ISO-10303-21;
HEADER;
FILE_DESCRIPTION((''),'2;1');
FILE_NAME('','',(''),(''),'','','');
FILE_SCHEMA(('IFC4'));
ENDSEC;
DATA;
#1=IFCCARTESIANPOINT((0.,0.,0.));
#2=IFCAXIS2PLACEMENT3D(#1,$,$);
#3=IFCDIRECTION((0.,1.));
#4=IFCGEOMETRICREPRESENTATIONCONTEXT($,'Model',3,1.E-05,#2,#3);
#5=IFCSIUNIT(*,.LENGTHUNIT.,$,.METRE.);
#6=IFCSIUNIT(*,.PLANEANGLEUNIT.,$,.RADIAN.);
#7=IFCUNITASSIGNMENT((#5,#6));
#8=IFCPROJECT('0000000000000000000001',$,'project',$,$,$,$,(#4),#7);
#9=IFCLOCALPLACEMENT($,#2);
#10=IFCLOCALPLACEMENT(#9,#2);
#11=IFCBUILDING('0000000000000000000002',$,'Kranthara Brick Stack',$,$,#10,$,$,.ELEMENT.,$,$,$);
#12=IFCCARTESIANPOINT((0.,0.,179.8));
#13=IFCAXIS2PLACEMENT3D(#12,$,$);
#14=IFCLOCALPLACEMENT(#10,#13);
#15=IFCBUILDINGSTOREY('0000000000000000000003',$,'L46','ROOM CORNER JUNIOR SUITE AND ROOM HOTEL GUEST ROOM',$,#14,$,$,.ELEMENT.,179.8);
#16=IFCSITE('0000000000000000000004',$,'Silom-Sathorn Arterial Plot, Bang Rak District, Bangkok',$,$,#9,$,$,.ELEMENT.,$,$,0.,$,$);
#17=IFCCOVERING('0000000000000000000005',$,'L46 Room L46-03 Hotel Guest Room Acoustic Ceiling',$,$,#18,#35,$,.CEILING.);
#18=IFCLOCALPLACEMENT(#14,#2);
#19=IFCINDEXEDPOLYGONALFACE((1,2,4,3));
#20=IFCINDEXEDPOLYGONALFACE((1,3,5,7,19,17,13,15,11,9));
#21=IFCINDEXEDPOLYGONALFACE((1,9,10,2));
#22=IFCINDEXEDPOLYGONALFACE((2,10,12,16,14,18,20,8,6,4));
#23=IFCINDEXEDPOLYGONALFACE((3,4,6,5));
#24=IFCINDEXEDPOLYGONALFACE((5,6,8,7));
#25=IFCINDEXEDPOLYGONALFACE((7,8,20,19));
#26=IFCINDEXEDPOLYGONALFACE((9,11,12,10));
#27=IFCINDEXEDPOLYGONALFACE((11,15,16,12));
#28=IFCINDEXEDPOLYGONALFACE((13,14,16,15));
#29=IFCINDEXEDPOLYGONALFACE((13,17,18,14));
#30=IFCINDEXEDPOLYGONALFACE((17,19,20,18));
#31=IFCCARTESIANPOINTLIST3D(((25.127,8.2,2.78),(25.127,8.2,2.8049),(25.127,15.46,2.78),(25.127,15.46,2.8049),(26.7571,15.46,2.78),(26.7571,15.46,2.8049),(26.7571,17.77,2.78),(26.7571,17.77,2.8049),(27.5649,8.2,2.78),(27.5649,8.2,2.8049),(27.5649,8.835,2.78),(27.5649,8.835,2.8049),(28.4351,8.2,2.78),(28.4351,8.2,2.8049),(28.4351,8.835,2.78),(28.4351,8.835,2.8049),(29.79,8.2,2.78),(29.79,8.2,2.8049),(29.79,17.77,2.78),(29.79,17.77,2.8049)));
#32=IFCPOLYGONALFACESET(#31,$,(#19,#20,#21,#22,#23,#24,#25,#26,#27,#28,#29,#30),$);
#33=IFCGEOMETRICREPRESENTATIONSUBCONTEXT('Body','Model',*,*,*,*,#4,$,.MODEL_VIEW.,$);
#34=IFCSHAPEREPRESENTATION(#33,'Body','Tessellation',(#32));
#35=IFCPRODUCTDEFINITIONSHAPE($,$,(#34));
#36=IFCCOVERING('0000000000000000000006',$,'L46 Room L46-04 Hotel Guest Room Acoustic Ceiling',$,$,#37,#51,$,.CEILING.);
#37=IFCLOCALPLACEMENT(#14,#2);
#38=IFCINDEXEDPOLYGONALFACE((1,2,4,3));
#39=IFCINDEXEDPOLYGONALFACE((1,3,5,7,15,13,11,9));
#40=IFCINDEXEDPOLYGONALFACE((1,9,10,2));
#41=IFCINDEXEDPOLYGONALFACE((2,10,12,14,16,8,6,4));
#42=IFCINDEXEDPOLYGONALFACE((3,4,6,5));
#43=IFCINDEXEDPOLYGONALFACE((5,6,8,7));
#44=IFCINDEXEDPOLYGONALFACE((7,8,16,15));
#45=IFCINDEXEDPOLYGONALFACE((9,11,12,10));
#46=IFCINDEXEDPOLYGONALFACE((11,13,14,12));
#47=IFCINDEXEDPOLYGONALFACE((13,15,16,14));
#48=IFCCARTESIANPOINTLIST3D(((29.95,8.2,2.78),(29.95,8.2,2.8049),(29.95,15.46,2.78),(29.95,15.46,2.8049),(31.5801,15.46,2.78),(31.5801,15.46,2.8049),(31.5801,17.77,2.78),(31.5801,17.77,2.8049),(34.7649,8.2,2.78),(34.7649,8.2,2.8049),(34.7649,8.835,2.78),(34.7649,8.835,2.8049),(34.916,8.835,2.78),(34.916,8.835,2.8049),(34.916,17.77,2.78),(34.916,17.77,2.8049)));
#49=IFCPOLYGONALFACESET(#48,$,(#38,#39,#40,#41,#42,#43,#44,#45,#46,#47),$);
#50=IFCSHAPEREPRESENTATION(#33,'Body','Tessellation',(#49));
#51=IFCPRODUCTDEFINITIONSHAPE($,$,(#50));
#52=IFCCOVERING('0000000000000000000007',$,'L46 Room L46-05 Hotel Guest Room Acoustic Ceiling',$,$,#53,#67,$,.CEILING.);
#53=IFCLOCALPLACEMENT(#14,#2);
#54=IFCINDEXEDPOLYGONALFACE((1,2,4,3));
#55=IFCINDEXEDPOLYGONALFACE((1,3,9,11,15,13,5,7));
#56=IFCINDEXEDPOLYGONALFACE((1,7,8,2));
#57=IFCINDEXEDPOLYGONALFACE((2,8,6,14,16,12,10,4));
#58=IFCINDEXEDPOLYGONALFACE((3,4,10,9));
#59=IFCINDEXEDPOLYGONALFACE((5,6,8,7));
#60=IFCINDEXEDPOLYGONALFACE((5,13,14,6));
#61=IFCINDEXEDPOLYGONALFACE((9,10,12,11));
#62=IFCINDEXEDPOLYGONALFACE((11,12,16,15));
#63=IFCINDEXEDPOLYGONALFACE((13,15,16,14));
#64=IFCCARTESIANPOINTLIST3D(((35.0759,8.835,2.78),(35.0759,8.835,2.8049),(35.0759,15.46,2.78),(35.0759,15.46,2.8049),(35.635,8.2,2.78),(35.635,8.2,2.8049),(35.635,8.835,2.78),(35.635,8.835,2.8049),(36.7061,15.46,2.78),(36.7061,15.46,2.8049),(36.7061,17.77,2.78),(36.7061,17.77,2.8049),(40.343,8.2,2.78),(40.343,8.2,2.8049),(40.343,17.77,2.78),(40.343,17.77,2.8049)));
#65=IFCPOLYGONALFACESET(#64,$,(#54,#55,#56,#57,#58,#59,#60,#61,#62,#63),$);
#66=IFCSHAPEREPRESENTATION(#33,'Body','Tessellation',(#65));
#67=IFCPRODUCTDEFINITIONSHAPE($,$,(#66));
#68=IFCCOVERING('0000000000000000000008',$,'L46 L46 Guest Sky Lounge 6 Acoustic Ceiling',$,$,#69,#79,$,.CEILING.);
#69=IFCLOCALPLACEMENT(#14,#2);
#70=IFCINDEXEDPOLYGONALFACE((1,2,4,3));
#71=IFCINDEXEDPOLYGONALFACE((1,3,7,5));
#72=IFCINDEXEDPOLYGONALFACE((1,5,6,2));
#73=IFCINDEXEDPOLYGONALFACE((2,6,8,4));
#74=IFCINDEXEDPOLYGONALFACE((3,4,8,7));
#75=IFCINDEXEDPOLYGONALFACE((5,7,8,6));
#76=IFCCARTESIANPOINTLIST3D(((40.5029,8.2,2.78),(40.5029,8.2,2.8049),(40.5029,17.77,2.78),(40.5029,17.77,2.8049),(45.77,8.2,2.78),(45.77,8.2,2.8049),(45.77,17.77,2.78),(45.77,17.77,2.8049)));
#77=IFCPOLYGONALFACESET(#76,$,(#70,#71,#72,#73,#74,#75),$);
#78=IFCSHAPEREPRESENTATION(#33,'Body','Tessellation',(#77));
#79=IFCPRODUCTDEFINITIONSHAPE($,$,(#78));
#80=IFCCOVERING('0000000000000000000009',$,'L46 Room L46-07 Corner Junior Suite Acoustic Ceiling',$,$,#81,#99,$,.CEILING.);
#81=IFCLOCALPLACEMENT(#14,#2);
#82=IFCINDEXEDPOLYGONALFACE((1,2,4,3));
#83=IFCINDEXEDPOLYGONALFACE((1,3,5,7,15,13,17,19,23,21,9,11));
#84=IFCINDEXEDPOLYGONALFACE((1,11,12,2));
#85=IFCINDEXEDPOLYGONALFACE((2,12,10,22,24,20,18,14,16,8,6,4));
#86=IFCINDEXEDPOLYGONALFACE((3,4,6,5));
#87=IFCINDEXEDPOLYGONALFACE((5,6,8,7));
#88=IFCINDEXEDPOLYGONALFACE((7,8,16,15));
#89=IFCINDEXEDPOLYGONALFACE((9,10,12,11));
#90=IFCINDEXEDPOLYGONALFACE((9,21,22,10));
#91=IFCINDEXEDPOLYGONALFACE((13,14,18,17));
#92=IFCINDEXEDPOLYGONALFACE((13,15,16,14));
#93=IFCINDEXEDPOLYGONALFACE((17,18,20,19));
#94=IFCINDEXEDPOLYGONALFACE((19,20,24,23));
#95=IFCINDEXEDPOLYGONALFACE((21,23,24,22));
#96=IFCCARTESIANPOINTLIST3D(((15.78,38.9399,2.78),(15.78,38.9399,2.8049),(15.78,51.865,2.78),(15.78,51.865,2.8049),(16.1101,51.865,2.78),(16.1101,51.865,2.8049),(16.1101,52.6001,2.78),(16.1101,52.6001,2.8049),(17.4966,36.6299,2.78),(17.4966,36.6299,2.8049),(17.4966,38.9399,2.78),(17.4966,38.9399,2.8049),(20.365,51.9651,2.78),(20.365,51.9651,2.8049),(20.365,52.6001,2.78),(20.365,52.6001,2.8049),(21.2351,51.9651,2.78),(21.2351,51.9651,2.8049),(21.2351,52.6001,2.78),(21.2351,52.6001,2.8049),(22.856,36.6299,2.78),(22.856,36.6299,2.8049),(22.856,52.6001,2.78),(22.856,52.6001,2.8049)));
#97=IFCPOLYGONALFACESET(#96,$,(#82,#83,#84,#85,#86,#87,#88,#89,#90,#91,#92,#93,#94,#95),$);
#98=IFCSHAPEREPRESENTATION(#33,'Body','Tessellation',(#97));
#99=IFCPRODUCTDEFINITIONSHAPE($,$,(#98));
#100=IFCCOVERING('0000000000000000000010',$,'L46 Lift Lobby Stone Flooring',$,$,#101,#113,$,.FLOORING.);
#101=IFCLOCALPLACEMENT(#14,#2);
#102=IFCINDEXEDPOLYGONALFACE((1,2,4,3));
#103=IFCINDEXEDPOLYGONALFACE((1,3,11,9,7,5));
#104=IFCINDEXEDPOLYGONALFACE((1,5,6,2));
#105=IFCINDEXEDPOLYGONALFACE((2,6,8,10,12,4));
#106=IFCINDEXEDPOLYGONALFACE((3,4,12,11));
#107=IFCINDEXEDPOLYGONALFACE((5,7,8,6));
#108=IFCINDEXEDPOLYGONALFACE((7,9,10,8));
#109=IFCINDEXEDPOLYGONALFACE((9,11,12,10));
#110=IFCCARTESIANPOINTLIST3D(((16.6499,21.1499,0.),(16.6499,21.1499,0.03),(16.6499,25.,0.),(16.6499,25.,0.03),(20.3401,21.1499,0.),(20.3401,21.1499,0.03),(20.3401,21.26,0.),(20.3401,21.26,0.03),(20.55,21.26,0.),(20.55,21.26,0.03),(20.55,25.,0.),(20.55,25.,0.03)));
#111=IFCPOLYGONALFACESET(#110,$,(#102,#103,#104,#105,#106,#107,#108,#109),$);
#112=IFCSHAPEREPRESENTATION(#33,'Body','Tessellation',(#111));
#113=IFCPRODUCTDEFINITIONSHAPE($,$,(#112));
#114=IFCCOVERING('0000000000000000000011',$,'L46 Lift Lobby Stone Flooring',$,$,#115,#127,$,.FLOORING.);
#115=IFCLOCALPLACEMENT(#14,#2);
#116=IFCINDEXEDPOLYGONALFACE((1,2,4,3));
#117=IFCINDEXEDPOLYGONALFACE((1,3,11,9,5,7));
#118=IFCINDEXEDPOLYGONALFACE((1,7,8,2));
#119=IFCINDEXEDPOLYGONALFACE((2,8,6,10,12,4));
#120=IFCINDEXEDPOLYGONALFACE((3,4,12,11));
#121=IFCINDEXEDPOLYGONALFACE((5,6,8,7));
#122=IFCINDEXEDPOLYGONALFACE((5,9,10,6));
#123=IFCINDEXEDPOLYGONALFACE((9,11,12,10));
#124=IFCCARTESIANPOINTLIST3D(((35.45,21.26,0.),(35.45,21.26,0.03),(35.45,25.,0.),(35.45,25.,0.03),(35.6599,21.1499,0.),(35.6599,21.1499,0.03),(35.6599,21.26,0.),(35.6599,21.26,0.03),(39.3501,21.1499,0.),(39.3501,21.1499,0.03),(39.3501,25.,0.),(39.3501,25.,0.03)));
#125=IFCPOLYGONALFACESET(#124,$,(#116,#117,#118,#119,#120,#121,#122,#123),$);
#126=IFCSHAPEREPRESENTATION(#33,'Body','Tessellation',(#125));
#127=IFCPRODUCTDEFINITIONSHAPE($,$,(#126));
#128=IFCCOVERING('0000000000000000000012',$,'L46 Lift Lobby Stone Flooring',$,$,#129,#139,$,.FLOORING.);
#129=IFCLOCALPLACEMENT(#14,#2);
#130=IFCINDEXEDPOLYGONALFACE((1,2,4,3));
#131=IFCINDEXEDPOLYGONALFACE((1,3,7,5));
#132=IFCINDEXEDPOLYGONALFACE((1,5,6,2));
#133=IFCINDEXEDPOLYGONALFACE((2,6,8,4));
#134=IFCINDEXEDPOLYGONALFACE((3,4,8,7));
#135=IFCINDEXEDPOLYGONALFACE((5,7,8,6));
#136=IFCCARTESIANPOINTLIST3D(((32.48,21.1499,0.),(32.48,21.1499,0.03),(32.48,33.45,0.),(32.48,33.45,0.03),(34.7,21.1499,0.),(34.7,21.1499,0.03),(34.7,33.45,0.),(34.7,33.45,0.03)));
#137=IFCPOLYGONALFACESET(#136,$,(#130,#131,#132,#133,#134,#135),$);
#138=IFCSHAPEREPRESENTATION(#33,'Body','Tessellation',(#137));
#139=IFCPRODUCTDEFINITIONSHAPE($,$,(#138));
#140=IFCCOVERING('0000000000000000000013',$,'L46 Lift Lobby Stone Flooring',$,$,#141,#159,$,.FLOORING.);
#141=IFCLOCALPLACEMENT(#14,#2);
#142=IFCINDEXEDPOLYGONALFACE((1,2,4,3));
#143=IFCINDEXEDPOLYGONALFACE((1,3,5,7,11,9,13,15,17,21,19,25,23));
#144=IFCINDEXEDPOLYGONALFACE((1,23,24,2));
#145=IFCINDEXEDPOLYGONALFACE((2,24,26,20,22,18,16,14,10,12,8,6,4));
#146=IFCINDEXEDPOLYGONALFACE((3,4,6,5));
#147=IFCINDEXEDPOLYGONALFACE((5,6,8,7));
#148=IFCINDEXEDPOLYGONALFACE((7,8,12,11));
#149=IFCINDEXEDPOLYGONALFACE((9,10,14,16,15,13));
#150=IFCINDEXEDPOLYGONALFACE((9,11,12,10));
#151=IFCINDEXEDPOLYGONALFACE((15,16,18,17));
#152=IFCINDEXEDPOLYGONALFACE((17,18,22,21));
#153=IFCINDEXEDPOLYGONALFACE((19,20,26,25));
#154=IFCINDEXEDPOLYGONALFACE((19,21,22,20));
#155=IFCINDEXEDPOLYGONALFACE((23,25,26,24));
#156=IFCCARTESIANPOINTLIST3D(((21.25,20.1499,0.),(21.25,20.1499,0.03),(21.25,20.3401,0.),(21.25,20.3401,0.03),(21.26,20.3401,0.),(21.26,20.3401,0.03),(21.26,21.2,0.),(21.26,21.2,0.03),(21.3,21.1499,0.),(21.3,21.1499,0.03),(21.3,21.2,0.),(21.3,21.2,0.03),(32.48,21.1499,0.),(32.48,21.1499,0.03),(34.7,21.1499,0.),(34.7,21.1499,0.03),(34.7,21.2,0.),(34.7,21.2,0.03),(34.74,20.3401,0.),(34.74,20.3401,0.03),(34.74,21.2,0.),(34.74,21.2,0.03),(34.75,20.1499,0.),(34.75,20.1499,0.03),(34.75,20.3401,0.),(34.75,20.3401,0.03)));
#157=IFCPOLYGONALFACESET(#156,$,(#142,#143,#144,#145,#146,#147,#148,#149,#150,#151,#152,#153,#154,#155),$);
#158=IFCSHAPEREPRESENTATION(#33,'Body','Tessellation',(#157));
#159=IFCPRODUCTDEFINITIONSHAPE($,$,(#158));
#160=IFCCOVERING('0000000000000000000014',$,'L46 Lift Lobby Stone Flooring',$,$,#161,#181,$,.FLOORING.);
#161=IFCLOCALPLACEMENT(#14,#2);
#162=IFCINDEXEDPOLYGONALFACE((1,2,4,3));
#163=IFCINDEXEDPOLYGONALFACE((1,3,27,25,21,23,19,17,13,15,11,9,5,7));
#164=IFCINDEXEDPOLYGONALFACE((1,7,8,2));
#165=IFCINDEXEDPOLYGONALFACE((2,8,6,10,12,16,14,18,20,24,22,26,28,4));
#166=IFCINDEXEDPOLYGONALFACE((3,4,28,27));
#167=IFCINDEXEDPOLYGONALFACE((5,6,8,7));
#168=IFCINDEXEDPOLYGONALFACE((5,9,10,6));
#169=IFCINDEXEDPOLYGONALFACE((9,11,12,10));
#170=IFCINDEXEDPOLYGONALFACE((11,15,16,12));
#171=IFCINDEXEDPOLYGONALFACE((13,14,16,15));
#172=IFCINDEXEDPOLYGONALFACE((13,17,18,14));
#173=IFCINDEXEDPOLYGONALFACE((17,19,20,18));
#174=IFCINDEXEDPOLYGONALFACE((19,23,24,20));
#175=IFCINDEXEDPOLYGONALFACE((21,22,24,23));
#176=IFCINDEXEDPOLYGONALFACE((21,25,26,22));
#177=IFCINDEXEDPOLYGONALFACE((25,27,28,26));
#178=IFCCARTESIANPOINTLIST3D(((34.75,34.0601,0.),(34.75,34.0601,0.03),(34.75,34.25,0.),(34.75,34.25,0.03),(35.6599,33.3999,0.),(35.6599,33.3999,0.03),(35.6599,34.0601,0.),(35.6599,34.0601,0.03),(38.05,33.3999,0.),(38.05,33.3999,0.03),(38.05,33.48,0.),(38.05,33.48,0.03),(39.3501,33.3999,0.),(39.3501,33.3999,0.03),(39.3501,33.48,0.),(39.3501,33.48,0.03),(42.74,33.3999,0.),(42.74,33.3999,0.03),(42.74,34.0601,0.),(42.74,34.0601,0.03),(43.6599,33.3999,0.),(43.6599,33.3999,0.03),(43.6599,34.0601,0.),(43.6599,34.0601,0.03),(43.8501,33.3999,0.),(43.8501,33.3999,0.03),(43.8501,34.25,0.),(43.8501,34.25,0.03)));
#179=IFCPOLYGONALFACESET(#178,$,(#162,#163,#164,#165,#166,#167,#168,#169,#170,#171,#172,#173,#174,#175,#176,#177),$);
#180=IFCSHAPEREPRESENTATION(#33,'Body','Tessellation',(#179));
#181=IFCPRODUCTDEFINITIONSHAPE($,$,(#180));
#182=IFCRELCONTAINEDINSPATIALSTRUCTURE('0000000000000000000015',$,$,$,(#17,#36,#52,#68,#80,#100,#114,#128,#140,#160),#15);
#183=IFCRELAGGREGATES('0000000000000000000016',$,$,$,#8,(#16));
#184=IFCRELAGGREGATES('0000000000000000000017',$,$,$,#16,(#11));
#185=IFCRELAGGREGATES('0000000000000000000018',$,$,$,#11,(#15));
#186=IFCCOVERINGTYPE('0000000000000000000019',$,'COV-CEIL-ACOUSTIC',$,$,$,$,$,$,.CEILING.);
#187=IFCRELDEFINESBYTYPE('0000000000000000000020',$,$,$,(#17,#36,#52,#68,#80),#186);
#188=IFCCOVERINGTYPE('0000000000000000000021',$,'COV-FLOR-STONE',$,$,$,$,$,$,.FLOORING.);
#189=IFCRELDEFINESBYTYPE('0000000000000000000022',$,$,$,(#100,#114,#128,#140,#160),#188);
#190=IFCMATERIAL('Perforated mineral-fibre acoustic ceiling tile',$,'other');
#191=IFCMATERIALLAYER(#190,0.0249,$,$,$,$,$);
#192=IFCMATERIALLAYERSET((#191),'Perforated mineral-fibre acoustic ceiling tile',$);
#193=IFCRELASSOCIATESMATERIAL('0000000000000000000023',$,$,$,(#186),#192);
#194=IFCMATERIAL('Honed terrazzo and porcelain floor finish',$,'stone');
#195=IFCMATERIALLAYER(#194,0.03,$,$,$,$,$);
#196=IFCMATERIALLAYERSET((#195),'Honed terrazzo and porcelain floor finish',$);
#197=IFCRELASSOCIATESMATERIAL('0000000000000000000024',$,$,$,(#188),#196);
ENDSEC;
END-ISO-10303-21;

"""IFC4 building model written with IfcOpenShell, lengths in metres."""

from ifc_helpers import new_model, si_unit, direction, frame, origin, place, context, subcontext, project, spatial, polyline, outline, extrude, material, layer, layer_set, type_object, element, save


model = new_model("IFC4")

# Units and contexts
model_context = context("Model", 3, precision=1e-05, world=origin(), true_north=direction((0.0, 1.0)))
body_context = subcontext(model_context, "Body", "Model", "MODEL_VIEW")
ifc_project = project(units=[si_unit("LENGTHUNIT", "METRE"), si_unit("PLANEANGLEUNIT", "RADIAN")], contexts=[model_context])

# Site, building, storey
site_placement = place(None, origin())
site = spatial("IfcSite", under=ifc_project, at=site_placement, Name="Silom-Sathorn Arterial Plot, Bang Rak District, Bangkok", CompositionType="ELEMENT", RefElevation=0.0)
building_placement = place(site_placement, origin())
building = spatial("IfcBuilding", under=site, at=building_placement, Name="Kranthara Brick Stack", CompositionType="ELEMENT")
storey_placement = place(building_placement, frame((0.0, 0.0, 179.8)))
storey = spatial("IfcBuildingStorey", under=building, at=storey_placement, Name="L46", Description="ROOM CORNER JUNIOR SUITE AND ROOM HOTEL GUEST ROOM", CompositionType="ELEMENT", Elevation=179.8)

# Coverings
ifc_material_1 = material(Name="Perforated mineral-fibre acoustic ceiling tile", Category="other")
ifc_layer_1 = layer(ifc_material_1, 0.0249)
ifc_layer_set_1 = layer_set([ifc_layer_1], Name="Perforated mineral-fibre acoustic ceiling tile")
covering_type_1 = type_object("IfcCoveringType", Name="COV-CEIL-ACOUSTIC", PredefinedType="CEILING", material=ifc_layer_set_1)
covering_1_placement = place(storey_placement, frame((0.0, 0.0, 2.78)))
element("IfcCovering", 1, at=covering_1_placement, inside=storey, type_object=covering_type_1, Name="L46 Room L46-03 Hotel Guest Room Acoustic Ceiling", PredefinedType="CEILING", context=body_context, shape_type="SweptSolid", body=[
    extrude(outline(polyline([(25.127, 8.2), (25.127, 15.46), (26.7571, 15.46), (26.7571, 17.77), (29.79, 17.77), (29.79, 8.2), (28.4351, 8.2), (28.4351, 8.835), (27.5649, 8.835), (27.5649, 8.2), (25.127, 8.2)])), origin(), (0.0, 0.0, 1.0), 0.0249),
])
covering_2_placement = place(storey_placement, frame((0.0, 0.0, 2.78)))
element("IfcCovering", 2, at=covering_2_placement, inside=storey, type_object=covering_type_1, Name="L46 Room L46-04 Hotel Guest Room Acoustic Ceiling", PredefinedType="CEILING", context=body_context, shape_type="SweptSolid", body=[
    extrude(outline(polyline([(29.95, 8.2), (29.95, 15.46), (31.5801, 15.46), (31.5801, 17.77), (34.916, 17.77), (34.916, 8.835), (34.7649, 8.835), (34.7649, 8.2), (29.95, 8.2)])), origin(), (0.0, 0.0, 1.0), 0.0249),
])
covering_3_placement = place(storey_placement, frame((0.0, 0.0, 2.78)))
element("IfcCovering", 3, at=covering_3_placement, inside=storey, type_object=covering_type_1, Name="L46 Room L46-05 Hotel Guest Room Acoustic Ceiling", PredefinedType="CEILING", context=body_context, shape_type="SweptSolid", body=[
    extrude(outline(polyline([(35.0759, 15.46), (36.7061, 15.46), (36.7061, 17.77), (40.343, 17.77), (40.343, 8.2), (35.635, 8.2), (35.635, 8.835), (35.0759, 8.835), (35.0759, 15.46)])), origin(), (0.0, 0.0, 1.0), 0.0249),
])
covering_4_placement = place(storey_placement, frame((0.0, 0.0, 2.78)))
element("IfcCovering", 4, at=covering_4_placement, inside=storey, type_object=covering_type_1, Name="L46 L46 Guest Sky Lounge 6 Acoustic Ceiling", PredefinedType="CEILING", context=body_context, shape_type="SweptSolid", body=[
    extrude(outline(polyline([(45.77, 8.2), (45.77, 17.77), (40.5029, 17.77), (40.5029, 8.2), (45.77, 8.2)])), origin(), (0.0, 0.0, 1.0), 0.0249),
])
covering_5_placement = place(storey_placement, frame((0.0, 0.0, 2.78)))
element("IfcCovering", 5, at=covering_5_placement, inside=storey, type_object=covering_type_1, Name="L46 Room L46-07 Corner Junior Suite Acoustic Ceiling", PredefinedType="CEILING", context=body_context, shape_type="SweptSolid", body=[
    extrude(outline(polyline([(22.856, 36.6299), (17.4966, 36.6299), (17.4966, 38.9399), (15.78, 38.9399), (15.78, 51.865), (16.1101, 51.865), (16.1101, 52.6001), (20.365, 52.6001), (20.365, 51.9651), (21.2351, 51.9651), (21.2351, 52.6001), (22.856, 52.6001), (22.856, 36.6299)])), origin(), (0.0, 0.0, 1.0), 0.0249),
])
ifc_material_2 = material(Name="Honed terrazzo and porcelain floor finish", Category="stone")
ifc_layer_2 = layer(ifc_material_2, 0.03)
ifc_layer_set_2 = layer_set([ifc_layer_2], Name="Honed terrazzo and porcelain floor finish")
covering_type_2 = type_object("IfcCoveringType", Name="COV-FLOR-STONE", PredefinedType="FLOORING", material=ifc_layer_set_2)
covering_6_placement = place(storey_placement, origin())
element("IfcCovering", 6, at=covering_6_placement, inside=storey, type_object=covering_type_2, Name="L46 Lift Lobby Stone Flooring", PredefinedType="FLOORING", context=body_context, shape_type="SweptSolid", body=[
    extrude(outline(polyline([(16.6499, 21.1499), (16.6499, 25.0), (20.55, 25.0), (20.55, 21.26), (20.3401, 21.26), (20.3401, 21.1499), (16.6499, 21.1499)])), origin(), (0.0, 0.0, 1.0), 0.03),
])
covering_7_placement = place(storey_placement, origin())
element("IfcCovering", 7, at=covering_7_placement, inside=storey, type_object=covering_type_2, Name="L46 Lift Lobby Stone Flooring", PredefinedType="FLOORING", context=body_context, shape_type="SweptSolid", body=[
    extrude(outline(polyline([(35.45, 25.0), (39.3501, 25.0), (39.3501, 21.1499), (35.6599, 21.1499), (35.6599, 21.26), (35.45, 21.26), (35.45, 25.0)])), origin(), (0.0, 0.0, 1.0), 0.03),
])
covering_8_placement = place(storey_placement, origin())
element("IfcCovering", 8, at=covering_8_placement, inside=storey, type_object=covering_type_2, Name="L46 Lift Lobby Stone Flooring", PredefinedType="FLOORING", context=body_context, shape_type="SweptSolid", body=[
    extrude(outline(polyline([(34.7, 21.1499), (34.7, 33.45), (32.48, 33.45), (32.48, 21.1499), (34.7, 21.1499)])), origin(), (0.0, 0.0, 1.0), 0.03),
])
covering_9_placement = place(storey_placement, origin())
element("IfcCovering", 9, at=covering_9_placement, inside=storey, type_object=covering_type_2, Name="L46 Lift Lobby Stone Flooring", PredefinedType="FLOORING", context=body_context, shape_type="SweptSolid", body=[
    extrude(outline(polyline([(21.25, 20.3401), (21.26, 20.3401), (21.26, 21.2), (21.3, 21.2), (21.3, 21.1499), (32.48, 21.1499), (34.7, 21.1499), (34.7, 21.2), (34.74, 21.2), (34.74, 20.3401), (34.75, 20.3401), (34.75, 20.1499), (21.25, 20.1499), (21.25, 20.3401)])), origin(), (0.0, 0.0, 1.0), 0.03),
])
covering_10_placement = place(storey_placement, origin())
element("IfcCovering", 10, at=covering_10_placement, inside=storey, type_object=covering_type_2, Name="L46 Lift Lobby Stone Flooring", PredefinedType="FLOORING", context=body_context, shape_type="SweptSolid", body=[
    extrude(outline(polyline([(43.6599, 33.3999), (43.6599, 34.0601), (42.74, 34.0601), (42.74, 33.3999), (39.3501, 33.3999), (39.3501, 33.48), (38.05, 33.48), (38.05, 33.3999), (35.6599, 33.3999), (35.6599, 34.0601), (34.75, 34.0601), (34.75, 34.25), (43.8501, 34.25), (43.8501, 33.3999), (43.6599, 33.3999)])), origin(), (0.0, 0.0, 1.0), 0.03),
])

save(model, "model.ifc")
